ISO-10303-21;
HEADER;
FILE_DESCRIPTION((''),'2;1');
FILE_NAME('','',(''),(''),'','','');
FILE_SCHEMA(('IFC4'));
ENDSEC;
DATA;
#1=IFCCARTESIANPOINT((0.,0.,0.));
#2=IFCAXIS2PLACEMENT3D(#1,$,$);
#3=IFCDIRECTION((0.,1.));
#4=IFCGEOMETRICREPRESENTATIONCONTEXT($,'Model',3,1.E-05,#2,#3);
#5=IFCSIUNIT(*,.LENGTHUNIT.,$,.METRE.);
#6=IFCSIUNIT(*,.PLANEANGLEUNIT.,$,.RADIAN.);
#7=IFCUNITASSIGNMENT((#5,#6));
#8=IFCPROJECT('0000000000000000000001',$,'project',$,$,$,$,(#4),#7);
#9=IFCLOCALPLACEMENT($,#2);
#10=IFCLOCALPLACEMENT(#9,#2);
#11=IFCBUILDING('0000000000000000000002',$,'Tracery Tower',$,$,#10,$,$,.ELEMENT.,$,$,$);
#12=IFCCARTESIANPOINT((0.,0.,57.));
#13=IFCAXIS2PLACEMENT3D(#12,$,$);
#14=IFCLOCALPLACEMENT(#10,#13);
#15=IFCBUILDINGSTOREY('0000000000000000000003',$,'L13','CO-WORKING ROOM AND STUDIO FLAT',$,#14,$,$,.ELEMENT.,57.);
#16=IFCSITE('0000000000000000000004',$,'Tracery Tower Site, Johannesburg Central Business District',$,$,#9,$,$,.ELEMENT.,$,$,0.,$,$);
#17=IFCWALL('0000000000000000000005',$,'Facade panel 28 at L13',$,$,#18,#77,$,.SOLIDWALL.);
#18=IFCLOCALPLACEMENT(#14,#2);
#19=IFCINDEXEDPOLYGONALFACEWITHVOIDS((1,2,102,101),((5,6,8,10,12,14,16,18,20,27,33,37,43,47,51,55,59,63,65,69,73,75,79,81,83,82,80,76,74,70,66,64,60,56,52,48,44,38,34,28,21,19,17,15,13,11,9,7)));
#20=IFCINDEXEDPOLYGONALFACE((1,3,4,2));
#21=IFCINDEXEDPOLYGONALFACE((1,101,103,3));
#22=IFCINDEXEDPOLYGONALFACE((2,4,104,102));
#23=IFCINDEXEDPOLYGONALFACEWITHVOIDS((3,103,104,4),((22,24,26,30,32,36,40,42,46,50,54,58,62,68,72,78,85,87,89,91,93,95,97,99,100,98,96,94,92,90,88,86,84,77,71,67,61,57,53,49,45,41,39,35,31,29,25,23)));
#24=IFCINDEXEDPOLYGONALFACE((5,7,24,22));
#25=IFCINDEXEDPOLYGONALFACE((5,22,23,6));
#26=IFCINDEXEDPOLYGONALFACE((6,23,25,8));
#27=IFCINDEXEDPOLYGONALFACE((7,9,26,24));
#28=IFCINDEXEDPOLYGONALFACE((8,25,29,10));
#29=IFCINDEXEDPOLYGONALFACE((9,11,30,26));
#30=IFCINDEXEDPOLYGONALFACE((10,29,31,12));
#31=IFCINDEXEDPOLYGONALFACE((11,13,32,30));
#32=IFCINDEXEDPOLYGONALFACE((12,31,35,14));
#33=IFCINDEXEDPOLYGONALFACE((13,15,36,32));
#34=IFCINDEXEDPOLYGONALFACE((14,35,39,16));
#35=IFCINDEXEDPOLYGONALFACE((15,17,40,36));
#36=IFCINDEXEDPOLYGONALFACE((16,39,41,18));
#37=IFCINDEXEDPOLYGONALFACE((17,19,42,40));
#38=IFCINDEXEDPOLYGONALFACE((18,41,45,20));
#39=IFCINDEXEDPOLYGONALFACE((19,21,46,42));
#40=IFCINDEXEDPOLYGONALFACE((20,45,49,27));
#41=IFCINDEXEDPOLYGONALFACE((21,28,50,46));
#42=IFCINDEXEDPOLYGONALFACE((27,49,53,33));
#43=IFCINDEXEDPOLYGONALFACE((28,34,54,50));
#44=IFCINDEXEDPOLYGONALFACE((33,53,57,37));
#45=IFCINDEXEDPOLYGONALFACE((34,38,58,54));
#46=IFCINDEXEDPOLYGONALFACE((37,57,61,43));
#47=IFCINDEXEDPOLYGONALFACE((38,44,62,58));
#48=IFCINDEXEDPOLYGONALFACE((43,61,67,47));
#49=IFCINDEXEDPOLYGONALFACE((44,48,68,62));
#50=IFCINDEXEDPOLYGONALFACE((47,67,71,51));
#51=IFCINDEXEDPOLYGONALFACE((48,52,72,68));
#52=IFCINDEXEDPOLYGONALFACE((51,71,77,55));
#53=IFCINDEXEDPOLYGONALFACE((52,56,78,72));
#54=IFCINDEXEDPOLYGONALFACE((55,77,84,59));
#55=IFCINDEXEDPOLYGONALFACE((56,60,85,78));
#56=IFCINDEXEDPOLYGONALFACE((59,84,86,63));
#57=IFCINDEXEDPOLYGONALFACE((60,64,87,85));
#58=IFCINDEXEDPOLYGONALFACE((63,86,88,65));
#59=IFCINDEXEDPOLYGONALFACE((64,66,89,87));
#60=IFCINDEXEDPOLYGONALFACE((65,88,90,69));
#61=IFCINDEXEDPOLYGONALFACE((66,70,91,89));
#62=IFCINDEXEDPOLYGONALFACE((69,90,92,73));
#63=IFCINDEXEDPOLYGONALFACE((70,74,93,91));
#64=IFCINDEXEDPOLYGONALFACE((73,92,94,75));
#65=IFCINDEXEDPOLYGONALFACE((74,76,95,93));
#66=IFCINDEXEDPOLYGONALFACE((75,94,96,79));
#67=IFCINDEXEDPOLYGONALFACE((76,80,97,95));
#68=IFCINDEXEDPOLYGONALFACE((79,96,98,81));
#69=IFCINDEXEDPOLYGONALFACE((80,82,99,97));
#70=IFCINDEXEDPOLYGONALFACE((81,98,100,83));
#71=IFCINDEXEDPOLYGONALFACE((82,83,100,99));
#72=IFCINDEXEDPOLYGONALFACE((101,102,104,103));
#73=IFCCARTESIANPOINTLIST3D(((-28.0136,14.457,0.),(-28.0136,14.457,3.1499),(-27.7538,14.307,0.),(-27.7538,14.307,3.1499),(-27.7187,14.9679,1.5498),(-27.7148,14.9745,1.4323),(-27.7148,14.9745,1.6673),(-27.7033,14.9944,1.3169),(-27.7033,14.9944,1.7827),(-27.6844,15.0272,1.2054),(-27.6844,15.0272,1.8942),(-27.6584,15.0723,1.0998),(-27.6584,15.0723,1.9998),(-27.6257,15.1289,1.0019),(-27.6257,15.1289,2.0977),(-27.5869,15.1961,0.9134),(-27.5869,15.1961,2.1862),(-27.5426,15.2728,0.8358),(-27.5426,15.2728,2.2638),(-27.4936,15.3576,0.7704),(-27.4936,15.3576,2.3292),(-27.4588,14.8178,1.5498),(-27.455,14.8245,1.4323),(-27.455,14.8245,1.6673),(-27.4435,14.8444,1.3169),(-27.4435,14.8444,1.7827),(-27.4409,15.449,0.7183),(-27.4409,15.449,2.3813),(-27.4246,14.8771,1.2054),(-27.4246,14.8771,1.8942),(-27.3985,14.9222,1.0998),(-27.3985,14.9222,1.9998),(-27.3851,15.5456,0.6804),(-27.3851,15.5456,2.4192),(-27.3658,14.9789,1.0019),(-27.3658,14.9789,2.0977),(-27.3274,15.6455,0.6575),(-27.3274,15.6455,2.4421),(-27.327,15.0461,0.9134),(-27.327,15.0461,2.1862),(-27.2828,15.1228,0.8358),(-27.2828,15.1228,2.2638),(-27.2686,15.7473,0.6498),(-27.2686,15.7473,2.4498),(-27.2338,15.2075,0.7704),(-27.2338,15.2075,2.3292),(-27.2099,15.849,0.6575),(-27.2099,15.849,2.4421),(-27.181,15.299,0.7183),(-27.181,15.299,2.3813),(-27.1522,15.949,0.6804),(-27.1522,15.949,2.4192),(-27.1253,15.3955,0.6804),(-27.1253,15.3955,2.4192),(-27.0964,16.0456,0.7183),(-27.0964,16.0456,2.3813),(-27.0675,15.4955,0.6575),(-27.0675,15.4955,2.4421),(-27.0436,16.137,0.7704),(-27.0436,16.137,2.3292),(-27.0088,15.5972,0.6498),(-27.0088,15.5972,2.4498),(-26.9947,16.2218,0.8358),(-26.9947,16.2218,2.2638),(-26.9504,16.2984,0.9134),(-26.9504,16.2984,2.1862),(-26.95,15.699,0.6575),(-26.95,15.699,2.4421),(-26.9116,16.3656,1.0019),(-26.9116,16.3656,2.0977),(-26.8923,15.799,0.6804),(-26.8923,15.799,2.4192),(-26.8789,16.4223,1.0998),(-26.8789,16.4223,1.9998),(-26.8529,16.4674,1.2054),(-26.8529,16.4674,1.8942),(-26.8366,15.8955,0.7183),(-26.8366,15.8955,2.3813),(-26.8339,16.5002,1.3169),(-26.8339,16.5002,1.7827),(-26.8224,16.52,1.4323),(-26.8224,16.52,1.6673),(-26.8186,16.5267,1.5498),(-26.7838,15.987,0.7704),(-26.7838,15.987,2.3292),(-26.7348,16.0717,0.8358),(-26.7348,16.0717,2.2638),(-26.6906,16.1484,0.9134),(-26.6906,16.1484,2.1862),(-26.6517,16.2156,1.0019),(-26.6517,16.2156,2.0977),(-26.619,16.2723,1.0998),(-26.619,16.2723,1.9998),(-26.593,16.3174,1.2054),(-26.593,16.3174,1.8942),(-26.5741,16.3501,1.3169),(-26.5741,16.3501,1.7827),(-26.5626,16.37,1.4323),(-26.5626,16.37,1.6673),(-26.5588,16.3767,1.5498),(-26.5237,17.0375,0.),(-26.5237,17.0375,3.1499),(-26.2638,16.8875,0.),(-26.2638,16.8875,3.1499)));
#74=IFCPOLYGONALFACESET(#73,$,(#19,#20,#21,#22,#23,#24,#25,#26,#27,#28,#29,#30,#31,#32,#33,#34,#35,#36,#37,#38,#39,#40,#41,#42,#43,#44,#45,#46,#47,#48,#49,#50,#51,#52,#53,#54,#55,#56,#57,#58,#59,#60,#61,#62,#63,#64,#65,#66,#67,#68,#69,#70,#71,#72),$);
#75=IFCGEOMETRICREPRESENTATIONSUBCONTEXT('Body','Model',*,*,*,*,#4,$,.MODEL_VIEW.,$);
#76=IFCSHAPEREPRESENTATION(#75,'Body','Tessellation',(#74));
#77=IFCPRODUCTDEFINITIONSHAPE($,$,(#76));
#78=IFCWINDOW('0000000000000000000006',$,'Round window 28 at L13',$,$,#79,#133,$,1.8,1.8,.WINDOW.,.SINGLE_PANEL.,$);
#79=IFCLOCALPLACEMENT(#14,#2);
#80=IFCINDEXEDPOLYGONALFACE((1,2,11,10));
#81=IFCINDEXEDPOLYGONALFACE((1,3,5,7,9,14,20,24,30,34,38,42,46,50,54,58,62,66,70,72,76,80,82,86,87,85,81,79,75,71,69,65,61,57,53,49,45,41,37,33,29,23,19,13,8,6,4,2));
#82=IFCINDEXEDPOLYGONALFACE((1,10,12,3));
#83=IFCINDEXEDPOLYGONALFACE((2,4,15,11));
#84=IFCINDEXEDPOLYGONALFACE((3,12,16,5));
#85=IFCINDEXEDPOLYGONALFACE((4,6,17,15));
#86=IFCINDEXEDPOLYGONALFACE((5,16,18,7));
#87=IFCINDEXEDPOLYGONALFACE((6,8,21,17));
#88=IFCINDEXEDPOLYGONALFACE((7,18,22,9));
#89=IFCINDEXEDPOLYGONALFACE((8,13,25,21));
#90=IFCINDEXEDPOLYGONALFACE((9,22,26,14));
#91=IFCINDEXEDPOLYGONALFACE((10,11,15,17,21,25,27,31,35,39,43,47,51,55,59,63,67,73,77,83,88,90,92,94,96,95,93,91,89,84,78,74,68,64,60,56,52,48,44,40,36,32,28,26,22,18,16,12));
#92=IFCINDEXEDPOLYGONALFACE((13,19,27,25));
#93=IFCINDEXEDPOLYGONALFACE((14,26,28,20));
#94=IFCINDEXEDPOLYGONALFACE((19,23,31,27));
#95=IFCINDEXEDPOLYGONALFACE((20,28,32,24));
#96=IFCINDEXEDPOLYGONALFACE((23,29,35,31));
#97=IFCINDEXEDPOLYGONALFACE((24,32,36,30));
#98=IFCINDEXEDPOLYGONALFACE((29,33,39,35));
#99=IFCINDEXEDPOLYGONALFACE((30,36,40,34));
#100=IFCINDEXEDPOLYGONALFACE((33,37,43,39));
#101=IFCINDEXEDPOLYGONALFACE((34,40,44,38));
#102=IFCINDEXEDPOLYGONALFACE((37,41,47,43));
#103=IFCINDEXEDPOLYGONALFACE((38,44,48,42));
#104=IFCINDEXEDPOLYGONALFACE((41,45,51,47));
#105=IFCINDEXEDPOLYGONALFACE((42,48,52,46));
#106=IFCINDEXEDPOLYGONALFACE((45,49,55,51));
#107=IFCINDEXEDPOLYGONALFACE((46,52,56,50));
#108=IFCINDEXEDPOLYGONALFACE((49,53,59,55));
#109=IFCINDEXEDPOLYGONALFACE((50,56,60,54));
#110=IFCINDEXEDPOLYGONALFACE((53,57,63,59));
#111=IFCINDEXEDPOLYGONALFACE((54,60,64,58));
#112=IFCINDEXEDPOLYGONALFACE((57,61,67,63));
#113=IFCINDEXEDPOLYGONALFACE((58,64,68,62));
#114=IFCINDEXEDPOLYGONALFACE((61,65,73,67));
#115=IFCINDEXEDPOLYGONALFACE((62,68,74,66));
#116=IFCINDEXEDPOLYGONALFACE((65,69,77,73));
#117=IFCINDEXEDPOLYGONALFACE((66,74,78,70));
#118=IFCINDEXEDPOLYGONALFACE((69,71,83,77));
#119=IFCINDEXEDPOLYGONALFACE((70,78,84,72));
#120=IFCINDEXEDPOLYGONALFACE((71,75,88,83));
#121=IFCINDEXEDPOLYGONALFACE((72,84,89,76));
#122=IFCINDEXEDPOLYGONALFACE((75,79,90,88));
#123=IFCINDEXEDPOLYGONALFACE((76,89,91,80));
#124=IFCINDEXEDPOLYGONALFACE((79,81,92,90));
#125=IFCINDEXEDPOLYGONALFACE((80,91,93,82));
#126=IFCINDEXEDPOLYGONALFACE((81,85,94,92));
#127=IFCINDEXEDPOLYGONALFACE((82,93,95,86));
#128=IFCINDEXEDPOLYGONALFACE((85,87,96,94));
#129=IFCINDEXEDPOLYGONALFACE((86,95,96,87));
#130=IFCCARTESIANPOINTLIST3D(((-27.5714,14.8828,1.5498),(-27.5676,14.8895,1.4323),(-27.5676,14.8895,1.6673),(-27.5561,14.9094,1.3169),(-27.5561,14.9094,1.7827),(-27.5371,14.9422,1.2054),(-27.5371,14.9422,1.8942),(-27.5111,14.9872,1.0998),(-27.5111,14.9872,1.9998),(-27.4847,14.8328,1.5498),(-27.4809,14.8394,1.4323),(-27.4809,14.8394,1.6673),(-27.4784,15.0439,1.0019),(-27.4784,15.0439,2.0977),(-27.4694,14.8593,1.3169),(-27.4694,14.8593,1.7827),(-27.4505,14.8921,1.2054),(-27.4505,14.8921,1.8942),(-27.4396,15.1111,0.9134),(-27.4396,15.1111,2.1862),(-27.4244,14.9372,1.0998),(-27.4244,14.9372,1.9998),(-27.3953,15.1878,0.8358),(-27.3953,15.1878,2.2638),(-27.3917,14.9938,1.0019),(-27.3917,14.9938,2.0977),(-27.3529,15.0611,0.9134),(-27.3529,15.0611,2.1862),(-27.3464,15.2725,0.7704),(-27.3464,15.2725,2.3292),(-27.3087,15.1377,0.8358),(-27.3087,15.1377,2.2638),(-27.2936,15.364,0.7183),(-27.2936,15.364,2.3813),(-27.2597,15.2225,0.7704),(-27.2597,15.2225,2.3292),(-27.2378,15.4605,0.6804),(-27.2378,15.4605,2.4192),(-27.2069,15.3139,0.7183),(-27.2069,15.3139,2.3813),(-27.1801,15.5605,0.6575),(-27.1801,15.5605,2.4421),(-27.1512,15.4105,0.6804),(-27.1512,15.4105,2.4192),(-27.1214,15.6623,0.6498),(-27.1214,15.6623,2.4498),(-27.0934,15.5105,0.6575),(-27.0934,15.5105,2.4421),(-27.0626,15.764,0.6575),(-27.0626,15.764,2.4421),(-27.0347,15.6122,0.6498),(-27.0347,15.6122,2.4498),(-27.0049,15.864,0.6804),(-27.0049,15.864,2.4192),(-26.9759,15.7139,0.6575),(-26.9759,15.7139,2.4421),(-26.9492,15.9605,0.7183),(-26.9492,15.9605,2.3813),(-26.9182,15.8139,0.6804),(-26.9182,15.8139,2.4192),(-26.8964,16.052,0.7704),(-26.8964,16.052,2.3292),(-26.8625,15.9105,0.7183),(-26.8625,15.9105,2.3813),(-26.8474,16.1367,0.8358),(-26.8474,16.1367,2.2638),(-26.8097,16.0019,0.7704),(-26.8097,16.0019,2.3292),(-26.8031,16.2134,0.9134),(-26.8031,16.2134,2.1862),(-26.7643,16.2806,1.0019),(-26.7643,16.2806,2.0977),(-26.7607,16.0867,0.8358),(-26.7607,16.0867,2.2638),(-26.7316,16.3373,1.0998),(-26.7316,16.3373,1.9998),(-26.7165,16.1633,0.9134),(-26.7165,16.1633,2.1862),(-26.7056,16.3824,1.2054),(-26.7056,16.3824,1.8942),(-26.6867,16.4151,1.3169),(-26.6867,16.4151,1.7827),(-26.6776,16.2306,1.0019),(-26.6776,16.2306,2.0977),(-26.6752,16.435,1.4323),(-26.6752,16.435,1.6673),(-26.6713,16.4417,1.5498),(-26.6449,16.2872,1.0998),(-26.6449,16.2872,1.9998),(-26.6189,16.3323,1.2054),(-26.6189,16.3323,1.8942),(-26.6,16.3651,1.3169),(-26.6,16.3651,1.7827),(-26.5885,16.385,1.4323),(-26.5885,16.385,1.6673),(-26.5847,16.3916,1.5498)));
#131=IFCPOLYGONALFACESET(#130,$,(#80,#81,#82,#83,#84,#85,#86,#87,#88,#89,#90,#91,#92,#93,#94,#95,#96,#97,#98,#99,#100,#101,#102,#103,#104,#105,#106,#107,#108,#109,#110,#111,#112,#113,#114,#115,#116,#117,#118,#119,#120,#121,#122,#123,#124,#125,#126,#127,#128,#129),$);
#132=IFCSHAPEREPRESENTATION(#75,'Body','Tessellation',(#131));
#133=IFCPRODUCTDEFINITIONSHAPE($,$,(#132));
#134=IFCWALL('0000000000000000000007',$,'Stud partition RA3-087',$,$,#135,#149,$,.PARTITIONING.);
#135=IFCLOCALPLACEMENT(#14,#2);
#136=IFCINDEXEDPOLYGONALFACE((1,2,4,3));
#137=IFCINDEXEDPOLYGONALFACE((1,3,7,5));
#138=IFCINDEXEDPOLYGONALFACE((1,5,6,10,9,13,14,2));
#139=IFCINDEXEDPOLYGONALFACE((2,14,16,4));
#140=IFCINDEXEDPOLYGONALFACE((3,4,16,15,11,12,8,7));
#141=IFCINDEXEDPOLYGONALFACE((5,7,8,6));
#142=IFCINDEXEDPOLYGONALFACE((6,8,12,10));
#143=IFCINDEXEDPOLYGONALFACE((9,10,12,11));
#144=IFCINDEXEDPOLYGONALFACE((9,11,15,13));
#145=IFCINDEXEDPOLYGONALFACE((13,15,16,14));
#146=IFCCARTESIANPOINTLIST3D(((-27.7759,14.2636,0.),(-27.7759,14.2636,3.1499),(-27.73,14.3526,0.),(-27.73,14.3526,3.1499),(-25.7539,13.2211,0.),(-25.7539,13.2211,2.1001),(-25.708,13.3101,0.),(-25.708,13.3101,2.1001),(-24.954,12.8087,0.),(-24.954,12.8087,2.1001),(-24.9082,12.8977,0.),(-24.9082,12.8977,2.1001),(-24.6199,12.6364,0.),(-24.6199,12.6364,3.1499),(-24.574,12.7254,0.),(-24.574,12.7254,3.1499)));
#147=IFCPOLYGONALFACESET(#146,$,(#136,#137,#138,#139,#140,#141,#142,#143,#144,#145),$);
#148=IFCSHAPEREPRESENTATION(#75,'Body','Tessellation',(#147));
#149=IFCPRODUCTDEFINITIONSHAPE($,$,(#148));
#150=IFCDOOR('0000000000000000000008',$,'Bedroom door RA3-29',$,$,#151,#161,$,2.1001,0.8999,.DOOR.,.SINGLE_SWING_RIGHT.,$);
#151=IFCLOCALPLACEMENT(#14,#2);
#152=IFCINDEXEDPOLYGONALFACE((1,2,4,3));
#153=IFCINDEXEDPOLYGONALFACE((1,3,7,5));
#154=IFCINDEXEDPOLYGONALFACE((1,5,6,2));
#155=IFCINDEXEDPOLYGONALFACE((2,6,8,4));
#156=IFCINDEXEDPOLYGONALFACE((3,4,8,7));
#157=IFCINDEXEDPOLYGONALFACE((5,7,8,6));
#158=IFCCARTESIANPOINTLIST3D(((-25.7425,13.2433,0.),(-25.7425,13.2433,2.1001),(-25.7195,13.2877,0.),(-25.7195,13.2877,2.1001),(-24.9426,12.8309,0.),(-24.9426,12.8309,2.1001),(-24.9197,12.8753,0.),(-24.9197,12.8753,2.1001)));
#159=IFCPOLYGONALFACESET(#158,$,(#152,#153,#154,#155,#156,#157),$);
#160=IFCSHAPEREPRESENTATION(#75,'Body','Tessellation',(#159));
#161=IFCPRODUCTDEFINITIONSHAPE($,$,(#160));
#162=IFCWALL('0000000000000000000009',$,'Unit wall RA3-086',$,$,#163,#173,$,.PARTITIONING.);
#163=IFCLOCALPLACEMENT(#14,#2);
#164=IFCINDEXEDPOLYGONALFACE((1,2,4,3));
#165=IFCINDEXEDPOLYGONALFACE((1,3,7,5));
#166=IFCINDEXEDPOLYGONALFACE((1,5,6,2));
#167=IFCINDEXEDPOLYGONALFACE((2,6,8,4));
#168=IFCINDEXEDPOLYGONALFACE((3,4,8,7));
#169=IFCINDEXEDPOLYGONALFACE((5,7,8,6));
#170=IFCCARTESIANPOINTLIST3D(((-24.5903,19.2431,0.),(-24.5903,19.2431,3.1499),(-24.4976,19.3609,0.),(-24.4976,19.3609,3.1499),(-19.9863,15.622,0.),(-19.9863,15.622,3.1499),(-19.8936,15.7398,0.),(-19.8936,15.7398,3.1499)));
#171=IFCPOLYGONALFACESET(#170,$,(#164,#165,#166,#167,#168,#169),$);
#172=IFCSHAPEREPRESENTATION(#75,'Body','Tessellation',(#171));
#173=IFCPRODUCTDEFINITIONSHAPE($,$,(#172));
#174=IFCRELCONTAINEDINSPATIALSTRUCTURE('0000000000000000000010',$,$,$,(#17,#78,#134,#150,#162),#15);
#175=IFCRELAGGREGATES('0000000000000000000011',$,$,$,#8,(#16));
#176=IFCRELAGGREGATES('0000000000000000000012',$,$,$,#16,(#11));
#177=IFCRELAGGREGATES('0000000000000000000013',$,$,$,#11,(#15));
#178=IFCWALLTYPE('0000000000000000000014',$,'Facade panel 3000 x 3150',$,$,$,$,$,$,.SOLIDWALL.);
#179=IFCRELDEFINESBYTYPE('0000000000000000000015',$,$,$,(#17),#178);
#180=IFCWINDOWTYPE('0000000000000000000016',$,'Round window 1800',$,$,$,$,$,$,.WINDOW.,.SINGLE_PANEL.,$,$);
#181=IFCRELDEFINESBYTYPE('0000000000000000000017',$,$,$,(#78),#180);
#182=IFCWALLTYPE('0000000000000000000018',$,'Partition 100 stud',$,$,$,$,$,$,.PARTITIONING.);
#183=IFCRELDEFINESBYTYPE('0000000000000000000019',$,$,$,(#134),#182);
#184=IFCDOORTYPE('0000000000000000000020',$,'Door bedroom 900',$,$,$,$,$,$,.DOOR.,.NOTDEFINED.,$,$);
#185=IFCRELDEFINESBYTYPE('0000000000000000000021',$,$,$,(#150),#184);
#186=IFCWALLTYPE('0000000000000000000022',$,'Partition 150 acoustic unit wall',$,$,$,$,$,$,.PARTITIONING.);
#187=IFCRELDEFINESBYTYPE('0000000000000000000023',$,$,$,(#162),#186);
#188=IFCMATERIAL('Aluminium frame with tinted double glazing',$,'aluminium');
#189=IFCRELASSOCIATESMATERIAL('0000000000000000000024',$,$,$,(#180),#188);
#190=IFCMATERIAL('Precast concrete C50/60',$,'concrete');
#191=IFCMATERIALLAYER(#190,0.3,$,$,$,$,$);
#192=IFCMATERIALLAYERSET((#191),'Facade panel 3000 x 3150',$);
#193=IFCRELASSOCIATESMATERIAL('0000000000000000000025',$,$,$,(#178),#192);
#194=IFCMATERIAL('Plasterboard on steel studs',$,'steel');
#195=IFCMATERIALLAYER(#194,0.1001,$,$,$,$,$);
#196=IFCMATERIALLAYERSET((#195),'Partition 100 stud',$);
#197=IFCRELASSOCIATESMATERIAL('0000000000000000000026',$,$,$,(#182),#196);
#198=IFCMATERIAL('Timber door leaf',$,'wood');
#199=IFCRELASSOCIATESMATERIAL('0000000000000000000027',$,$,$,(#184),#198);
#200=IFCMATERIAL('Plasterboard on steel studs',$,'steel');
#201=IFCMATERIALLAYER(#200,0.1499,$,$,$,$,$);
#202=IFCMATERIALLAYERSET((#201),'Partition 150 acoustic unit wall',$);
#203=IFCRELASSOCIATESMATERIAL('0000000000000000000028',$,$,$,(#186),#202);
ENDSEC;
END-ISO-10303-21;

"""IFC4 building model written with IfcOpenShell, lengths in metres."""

from ifc_helpers import new_model, si_unit, direction, frame, frame_2d, origin, origin_2d, place, context, subcontext, project, spatial, rectangle, circle, extrude, material, layer, layer_set, type_object, element, fill, save


model = new_model("IFC4")

# Units and contexts
model_context = context("Model", 3, precision=1e-05, world=origin(), true_north=direction((0.0, 1.0)))
body_context = subcontext(model_context, "Body", "Model", "MODEL_VIEW")
ifc_project = project(units=[si_unit("LENGTHUNIT", "METRE"), si_unit("PLANEANGLEUNIT", "RADIAN")], contexts=[model_context])

# Site, building, storey
site_placement = place(None, origin())
site = spatial("IfcSite", under=ifc_project, at=site_placement, Name="Tracery Tower Site, Johannesburg Central Business District", CompositionType="ELEMENT", RefElevation=0.0)
building_placement = place(site_placement, origin())
building = spatial("IfcBuilding", under=site, at=building_placement, Name="Tracery Tower", CompositionType="ELEMENT")
storey_placement = place(building_placement, frame((0.0, 0.0, 57.0)))
storey = spatial("IfcBuildingStorey", under=building, at=storey_placement, Name="L13", Description="CO-WORKING ROOM AND STUDIO FLAT", CompositionType="ELEMENT", Elevation=57.0)

# Wall, opening, window
ifc_material_1 = material(Name="Aluminium frame with tinted double glazing", Category="aluminium")
window_type = type_object("IfcWindowType", Name="Round window 1800", PartitioningType="SINGLE_PANEL", PredefinedType="WINDOW", material=ifc_material_1)
ifc_material_2 = material(Name="Precast concrete C50/60", Category="concrete")
ifc_layer_1 = layer(ifc_material_2, 0.3)
ifc_layer_set_1 = layer_set([ifc_layer_1], Name="Facade panel 3000 x 3150")
wall_type_1 = type_object("IfcWallType", Name="Facade panel 3000 x 3150", PredefinedType="SOLIDWALL", material=ifc_layer_set_1)
wall_1_placement = place(storey_placement, frame((-26.3938, 16.9624, 0.0), z_axis=(0.0, 0.0, 1.0), x_axis=(-0.500025, -0.866011, 0.0)))
wall_1 = element("IfcWall", 1, at=wall_1_placement, inside=storey, type_object=wall_type_1, Name="Facade panel 28 at L13", PredefinedType="SOLIDWALL", context=body_context, shape_type="SweptSolid", body=[
    extrude(rectangle(XDim=2.9797, YDim=0.3, at=frame_2d((1.4897, 0.0))), origin(), (0.0, 0.0, 1.0), 3.1499),
])
opening_1_placement = place(wall_1_placement, frame((1.4897, 0.0, 1.5498)))
opening_1 = element("IfcOpeningElement", 2, at=opening_1_placement, cuts=wall_1, PredefinedType="OPENING", context=body_context, shape_type="SweptSolid", body=[
    extrude(circle(Radius=0.9, at=origin_2d()), frame((0.0, 0.1599, 0.0), z_axis=(0.0, -1.0, 0.0), x_axis=(1.0, 0.0, 0.0)), (0.0, 0.0, 1.0), 0.3201),
])
window_1_placement = place(opening_1_placement, origin())
window_1 = element("IfcWindow", 3, at=window_1_placement, inside=storey, type_object=window_type, Name="Round window 28 at L13", OverallHeight=1.8, OverallWidth=1.8, PartitioningType="SINGLE_PANEL", PredefinedType="WINDOW", context=body_context, shape_type="SweptSolid", body=[
    extrude(circle(Radius=0.9, at=origin_2d()), frame((0.0, 0.1201, 0.0), z_axis=(0.0, -1.0, 0.0), x_axis=(1.0, 0.0, 0.0)), (0.0, 0.0, 1.0), 0.1001),
])
fill(opening_1, window_1)

# Wall, opening, door
ifc_material_3 = material(Name="Plasterboard on steel studs", Category="steel")
ifc_layer_2 = layer(ifc_material_3, 0.1001)
ifc_layer_set_2 = layer_set([ifc_layer_2], Name="Partition 100 stud")
wall_type_2 = type_object("IfcWallType", Name="Partition 100 stud", PredefinedType="PARTITIONING", material=ifc_layer_set_2)
wall_2_placement = place(storey_placement, frame((-27.7529, 14.3081, 0.0), z_axis=(0.0, 0.0, 1.0), x_axis=(0.888817, -0.458263, 0.0)))
wall_2 = element("IfcWall", 4, at=wall_2_placement, inside=storey, type_object=wall_type_2, Name="Stud partition RA3-087", PredefinedType="PARTITIONING", context=body_context, shape_type="SweptSolid", body=[
    extrude(rectangle(XDim=3.5508, YDim=0.1001, at=frame_2d((1.7754, 0.0))), origin(), (0.0, 0.0, 1.0), 3.1499),
])
opening_2_placement = place(wall_2_placement, frame((2.2749, 0.0, 0.0)))
opening_2 = element("IfcOpeningElement", 5, at=opening_2_placement, cuts=wall_2, PredefinedType="OPENING", context=body_context, shape_type="SweptSolid", body=[
    extrude(rectangle(XDim=0.8999, YDim=2.1001, at=frame_2d((0.45, 1.05))), frame((0.0, 0.05, 0.0), z_axis=(0.0, -1.0, 0.0), x_axis=(1.0, 0.0, 0.0)), (0.0, 0.0, 1.0), 0.1001),
])
ifc_material_4 = material(Name="Timber door leaf", Category="wood")
door_type = type_object("IfcDoorType", Name="Door bedroom 900", OperationType="NOTDEFINED", PredefinedType="DOOR", material=ifc_material_4)
door_placement = place(opening_2_placement, origin())
door = element("IfcDoor", 6, at=door_placement, inside=storey, type_object=door_type, Name="Bedroom door RA3-29", OperationType="SINGLE_SWING_RIGHT", OverallHeight=2.1001, OverallWidth=0.8999, PredefinedType="DOOR", context=body_context, shape_type="SweptSolid", body=[
    extrude(rectangle(XDim=0.8999, YDim=2.1001, at=frame_2d((0.45, 1.05))), frame((0.0, 0.0249, 0.0), z_axis=(0.0, -1.0, 0.0), x_axis=(1.0, 0.0, 0.0)), (0.0, 0.0, 1.0), 0.05),
])
fill(opening_2, door)

# Wall
ifc_material_5 = material(Name="Plasterboard on steel studs", Category="steel")
ifc_layer_3 = layer(ifc_material_5, 0.1499)
ifc_layer_set_3 = layer_set([ifc_layer_3], Name="Partition 150 acoustic unit wall")
wall_type_3 = type_object("IfcWallType", Name="Partition 150 acoustic unit wall", PredefinedType="PARTITIONING", material=ifc_layer_set_3)
wall_3_placement = place(storey_placement, frame((-24.5439, 19.302, 0.0), z_axis=(0.0, 0.0, 1.0), x_axis=(0.786015, -0.618208, 0.0)))
element("IfcWall", 7, at=wall_3_placement, inside=storey, type_object=wall_type_3, Name="Unit wall RA3-086", PredefinedType="PARTITIONING", context=body_context, shape_type="SweptSolid", body=[
    extrude(rectangle(XDim=5.8574, YDim=0.1499, at=frame_2d((2.9287, 0.0))), origin(), (0.0, 0.0, 1.0), 3.1499),
])

save(model, "model.ifc")
